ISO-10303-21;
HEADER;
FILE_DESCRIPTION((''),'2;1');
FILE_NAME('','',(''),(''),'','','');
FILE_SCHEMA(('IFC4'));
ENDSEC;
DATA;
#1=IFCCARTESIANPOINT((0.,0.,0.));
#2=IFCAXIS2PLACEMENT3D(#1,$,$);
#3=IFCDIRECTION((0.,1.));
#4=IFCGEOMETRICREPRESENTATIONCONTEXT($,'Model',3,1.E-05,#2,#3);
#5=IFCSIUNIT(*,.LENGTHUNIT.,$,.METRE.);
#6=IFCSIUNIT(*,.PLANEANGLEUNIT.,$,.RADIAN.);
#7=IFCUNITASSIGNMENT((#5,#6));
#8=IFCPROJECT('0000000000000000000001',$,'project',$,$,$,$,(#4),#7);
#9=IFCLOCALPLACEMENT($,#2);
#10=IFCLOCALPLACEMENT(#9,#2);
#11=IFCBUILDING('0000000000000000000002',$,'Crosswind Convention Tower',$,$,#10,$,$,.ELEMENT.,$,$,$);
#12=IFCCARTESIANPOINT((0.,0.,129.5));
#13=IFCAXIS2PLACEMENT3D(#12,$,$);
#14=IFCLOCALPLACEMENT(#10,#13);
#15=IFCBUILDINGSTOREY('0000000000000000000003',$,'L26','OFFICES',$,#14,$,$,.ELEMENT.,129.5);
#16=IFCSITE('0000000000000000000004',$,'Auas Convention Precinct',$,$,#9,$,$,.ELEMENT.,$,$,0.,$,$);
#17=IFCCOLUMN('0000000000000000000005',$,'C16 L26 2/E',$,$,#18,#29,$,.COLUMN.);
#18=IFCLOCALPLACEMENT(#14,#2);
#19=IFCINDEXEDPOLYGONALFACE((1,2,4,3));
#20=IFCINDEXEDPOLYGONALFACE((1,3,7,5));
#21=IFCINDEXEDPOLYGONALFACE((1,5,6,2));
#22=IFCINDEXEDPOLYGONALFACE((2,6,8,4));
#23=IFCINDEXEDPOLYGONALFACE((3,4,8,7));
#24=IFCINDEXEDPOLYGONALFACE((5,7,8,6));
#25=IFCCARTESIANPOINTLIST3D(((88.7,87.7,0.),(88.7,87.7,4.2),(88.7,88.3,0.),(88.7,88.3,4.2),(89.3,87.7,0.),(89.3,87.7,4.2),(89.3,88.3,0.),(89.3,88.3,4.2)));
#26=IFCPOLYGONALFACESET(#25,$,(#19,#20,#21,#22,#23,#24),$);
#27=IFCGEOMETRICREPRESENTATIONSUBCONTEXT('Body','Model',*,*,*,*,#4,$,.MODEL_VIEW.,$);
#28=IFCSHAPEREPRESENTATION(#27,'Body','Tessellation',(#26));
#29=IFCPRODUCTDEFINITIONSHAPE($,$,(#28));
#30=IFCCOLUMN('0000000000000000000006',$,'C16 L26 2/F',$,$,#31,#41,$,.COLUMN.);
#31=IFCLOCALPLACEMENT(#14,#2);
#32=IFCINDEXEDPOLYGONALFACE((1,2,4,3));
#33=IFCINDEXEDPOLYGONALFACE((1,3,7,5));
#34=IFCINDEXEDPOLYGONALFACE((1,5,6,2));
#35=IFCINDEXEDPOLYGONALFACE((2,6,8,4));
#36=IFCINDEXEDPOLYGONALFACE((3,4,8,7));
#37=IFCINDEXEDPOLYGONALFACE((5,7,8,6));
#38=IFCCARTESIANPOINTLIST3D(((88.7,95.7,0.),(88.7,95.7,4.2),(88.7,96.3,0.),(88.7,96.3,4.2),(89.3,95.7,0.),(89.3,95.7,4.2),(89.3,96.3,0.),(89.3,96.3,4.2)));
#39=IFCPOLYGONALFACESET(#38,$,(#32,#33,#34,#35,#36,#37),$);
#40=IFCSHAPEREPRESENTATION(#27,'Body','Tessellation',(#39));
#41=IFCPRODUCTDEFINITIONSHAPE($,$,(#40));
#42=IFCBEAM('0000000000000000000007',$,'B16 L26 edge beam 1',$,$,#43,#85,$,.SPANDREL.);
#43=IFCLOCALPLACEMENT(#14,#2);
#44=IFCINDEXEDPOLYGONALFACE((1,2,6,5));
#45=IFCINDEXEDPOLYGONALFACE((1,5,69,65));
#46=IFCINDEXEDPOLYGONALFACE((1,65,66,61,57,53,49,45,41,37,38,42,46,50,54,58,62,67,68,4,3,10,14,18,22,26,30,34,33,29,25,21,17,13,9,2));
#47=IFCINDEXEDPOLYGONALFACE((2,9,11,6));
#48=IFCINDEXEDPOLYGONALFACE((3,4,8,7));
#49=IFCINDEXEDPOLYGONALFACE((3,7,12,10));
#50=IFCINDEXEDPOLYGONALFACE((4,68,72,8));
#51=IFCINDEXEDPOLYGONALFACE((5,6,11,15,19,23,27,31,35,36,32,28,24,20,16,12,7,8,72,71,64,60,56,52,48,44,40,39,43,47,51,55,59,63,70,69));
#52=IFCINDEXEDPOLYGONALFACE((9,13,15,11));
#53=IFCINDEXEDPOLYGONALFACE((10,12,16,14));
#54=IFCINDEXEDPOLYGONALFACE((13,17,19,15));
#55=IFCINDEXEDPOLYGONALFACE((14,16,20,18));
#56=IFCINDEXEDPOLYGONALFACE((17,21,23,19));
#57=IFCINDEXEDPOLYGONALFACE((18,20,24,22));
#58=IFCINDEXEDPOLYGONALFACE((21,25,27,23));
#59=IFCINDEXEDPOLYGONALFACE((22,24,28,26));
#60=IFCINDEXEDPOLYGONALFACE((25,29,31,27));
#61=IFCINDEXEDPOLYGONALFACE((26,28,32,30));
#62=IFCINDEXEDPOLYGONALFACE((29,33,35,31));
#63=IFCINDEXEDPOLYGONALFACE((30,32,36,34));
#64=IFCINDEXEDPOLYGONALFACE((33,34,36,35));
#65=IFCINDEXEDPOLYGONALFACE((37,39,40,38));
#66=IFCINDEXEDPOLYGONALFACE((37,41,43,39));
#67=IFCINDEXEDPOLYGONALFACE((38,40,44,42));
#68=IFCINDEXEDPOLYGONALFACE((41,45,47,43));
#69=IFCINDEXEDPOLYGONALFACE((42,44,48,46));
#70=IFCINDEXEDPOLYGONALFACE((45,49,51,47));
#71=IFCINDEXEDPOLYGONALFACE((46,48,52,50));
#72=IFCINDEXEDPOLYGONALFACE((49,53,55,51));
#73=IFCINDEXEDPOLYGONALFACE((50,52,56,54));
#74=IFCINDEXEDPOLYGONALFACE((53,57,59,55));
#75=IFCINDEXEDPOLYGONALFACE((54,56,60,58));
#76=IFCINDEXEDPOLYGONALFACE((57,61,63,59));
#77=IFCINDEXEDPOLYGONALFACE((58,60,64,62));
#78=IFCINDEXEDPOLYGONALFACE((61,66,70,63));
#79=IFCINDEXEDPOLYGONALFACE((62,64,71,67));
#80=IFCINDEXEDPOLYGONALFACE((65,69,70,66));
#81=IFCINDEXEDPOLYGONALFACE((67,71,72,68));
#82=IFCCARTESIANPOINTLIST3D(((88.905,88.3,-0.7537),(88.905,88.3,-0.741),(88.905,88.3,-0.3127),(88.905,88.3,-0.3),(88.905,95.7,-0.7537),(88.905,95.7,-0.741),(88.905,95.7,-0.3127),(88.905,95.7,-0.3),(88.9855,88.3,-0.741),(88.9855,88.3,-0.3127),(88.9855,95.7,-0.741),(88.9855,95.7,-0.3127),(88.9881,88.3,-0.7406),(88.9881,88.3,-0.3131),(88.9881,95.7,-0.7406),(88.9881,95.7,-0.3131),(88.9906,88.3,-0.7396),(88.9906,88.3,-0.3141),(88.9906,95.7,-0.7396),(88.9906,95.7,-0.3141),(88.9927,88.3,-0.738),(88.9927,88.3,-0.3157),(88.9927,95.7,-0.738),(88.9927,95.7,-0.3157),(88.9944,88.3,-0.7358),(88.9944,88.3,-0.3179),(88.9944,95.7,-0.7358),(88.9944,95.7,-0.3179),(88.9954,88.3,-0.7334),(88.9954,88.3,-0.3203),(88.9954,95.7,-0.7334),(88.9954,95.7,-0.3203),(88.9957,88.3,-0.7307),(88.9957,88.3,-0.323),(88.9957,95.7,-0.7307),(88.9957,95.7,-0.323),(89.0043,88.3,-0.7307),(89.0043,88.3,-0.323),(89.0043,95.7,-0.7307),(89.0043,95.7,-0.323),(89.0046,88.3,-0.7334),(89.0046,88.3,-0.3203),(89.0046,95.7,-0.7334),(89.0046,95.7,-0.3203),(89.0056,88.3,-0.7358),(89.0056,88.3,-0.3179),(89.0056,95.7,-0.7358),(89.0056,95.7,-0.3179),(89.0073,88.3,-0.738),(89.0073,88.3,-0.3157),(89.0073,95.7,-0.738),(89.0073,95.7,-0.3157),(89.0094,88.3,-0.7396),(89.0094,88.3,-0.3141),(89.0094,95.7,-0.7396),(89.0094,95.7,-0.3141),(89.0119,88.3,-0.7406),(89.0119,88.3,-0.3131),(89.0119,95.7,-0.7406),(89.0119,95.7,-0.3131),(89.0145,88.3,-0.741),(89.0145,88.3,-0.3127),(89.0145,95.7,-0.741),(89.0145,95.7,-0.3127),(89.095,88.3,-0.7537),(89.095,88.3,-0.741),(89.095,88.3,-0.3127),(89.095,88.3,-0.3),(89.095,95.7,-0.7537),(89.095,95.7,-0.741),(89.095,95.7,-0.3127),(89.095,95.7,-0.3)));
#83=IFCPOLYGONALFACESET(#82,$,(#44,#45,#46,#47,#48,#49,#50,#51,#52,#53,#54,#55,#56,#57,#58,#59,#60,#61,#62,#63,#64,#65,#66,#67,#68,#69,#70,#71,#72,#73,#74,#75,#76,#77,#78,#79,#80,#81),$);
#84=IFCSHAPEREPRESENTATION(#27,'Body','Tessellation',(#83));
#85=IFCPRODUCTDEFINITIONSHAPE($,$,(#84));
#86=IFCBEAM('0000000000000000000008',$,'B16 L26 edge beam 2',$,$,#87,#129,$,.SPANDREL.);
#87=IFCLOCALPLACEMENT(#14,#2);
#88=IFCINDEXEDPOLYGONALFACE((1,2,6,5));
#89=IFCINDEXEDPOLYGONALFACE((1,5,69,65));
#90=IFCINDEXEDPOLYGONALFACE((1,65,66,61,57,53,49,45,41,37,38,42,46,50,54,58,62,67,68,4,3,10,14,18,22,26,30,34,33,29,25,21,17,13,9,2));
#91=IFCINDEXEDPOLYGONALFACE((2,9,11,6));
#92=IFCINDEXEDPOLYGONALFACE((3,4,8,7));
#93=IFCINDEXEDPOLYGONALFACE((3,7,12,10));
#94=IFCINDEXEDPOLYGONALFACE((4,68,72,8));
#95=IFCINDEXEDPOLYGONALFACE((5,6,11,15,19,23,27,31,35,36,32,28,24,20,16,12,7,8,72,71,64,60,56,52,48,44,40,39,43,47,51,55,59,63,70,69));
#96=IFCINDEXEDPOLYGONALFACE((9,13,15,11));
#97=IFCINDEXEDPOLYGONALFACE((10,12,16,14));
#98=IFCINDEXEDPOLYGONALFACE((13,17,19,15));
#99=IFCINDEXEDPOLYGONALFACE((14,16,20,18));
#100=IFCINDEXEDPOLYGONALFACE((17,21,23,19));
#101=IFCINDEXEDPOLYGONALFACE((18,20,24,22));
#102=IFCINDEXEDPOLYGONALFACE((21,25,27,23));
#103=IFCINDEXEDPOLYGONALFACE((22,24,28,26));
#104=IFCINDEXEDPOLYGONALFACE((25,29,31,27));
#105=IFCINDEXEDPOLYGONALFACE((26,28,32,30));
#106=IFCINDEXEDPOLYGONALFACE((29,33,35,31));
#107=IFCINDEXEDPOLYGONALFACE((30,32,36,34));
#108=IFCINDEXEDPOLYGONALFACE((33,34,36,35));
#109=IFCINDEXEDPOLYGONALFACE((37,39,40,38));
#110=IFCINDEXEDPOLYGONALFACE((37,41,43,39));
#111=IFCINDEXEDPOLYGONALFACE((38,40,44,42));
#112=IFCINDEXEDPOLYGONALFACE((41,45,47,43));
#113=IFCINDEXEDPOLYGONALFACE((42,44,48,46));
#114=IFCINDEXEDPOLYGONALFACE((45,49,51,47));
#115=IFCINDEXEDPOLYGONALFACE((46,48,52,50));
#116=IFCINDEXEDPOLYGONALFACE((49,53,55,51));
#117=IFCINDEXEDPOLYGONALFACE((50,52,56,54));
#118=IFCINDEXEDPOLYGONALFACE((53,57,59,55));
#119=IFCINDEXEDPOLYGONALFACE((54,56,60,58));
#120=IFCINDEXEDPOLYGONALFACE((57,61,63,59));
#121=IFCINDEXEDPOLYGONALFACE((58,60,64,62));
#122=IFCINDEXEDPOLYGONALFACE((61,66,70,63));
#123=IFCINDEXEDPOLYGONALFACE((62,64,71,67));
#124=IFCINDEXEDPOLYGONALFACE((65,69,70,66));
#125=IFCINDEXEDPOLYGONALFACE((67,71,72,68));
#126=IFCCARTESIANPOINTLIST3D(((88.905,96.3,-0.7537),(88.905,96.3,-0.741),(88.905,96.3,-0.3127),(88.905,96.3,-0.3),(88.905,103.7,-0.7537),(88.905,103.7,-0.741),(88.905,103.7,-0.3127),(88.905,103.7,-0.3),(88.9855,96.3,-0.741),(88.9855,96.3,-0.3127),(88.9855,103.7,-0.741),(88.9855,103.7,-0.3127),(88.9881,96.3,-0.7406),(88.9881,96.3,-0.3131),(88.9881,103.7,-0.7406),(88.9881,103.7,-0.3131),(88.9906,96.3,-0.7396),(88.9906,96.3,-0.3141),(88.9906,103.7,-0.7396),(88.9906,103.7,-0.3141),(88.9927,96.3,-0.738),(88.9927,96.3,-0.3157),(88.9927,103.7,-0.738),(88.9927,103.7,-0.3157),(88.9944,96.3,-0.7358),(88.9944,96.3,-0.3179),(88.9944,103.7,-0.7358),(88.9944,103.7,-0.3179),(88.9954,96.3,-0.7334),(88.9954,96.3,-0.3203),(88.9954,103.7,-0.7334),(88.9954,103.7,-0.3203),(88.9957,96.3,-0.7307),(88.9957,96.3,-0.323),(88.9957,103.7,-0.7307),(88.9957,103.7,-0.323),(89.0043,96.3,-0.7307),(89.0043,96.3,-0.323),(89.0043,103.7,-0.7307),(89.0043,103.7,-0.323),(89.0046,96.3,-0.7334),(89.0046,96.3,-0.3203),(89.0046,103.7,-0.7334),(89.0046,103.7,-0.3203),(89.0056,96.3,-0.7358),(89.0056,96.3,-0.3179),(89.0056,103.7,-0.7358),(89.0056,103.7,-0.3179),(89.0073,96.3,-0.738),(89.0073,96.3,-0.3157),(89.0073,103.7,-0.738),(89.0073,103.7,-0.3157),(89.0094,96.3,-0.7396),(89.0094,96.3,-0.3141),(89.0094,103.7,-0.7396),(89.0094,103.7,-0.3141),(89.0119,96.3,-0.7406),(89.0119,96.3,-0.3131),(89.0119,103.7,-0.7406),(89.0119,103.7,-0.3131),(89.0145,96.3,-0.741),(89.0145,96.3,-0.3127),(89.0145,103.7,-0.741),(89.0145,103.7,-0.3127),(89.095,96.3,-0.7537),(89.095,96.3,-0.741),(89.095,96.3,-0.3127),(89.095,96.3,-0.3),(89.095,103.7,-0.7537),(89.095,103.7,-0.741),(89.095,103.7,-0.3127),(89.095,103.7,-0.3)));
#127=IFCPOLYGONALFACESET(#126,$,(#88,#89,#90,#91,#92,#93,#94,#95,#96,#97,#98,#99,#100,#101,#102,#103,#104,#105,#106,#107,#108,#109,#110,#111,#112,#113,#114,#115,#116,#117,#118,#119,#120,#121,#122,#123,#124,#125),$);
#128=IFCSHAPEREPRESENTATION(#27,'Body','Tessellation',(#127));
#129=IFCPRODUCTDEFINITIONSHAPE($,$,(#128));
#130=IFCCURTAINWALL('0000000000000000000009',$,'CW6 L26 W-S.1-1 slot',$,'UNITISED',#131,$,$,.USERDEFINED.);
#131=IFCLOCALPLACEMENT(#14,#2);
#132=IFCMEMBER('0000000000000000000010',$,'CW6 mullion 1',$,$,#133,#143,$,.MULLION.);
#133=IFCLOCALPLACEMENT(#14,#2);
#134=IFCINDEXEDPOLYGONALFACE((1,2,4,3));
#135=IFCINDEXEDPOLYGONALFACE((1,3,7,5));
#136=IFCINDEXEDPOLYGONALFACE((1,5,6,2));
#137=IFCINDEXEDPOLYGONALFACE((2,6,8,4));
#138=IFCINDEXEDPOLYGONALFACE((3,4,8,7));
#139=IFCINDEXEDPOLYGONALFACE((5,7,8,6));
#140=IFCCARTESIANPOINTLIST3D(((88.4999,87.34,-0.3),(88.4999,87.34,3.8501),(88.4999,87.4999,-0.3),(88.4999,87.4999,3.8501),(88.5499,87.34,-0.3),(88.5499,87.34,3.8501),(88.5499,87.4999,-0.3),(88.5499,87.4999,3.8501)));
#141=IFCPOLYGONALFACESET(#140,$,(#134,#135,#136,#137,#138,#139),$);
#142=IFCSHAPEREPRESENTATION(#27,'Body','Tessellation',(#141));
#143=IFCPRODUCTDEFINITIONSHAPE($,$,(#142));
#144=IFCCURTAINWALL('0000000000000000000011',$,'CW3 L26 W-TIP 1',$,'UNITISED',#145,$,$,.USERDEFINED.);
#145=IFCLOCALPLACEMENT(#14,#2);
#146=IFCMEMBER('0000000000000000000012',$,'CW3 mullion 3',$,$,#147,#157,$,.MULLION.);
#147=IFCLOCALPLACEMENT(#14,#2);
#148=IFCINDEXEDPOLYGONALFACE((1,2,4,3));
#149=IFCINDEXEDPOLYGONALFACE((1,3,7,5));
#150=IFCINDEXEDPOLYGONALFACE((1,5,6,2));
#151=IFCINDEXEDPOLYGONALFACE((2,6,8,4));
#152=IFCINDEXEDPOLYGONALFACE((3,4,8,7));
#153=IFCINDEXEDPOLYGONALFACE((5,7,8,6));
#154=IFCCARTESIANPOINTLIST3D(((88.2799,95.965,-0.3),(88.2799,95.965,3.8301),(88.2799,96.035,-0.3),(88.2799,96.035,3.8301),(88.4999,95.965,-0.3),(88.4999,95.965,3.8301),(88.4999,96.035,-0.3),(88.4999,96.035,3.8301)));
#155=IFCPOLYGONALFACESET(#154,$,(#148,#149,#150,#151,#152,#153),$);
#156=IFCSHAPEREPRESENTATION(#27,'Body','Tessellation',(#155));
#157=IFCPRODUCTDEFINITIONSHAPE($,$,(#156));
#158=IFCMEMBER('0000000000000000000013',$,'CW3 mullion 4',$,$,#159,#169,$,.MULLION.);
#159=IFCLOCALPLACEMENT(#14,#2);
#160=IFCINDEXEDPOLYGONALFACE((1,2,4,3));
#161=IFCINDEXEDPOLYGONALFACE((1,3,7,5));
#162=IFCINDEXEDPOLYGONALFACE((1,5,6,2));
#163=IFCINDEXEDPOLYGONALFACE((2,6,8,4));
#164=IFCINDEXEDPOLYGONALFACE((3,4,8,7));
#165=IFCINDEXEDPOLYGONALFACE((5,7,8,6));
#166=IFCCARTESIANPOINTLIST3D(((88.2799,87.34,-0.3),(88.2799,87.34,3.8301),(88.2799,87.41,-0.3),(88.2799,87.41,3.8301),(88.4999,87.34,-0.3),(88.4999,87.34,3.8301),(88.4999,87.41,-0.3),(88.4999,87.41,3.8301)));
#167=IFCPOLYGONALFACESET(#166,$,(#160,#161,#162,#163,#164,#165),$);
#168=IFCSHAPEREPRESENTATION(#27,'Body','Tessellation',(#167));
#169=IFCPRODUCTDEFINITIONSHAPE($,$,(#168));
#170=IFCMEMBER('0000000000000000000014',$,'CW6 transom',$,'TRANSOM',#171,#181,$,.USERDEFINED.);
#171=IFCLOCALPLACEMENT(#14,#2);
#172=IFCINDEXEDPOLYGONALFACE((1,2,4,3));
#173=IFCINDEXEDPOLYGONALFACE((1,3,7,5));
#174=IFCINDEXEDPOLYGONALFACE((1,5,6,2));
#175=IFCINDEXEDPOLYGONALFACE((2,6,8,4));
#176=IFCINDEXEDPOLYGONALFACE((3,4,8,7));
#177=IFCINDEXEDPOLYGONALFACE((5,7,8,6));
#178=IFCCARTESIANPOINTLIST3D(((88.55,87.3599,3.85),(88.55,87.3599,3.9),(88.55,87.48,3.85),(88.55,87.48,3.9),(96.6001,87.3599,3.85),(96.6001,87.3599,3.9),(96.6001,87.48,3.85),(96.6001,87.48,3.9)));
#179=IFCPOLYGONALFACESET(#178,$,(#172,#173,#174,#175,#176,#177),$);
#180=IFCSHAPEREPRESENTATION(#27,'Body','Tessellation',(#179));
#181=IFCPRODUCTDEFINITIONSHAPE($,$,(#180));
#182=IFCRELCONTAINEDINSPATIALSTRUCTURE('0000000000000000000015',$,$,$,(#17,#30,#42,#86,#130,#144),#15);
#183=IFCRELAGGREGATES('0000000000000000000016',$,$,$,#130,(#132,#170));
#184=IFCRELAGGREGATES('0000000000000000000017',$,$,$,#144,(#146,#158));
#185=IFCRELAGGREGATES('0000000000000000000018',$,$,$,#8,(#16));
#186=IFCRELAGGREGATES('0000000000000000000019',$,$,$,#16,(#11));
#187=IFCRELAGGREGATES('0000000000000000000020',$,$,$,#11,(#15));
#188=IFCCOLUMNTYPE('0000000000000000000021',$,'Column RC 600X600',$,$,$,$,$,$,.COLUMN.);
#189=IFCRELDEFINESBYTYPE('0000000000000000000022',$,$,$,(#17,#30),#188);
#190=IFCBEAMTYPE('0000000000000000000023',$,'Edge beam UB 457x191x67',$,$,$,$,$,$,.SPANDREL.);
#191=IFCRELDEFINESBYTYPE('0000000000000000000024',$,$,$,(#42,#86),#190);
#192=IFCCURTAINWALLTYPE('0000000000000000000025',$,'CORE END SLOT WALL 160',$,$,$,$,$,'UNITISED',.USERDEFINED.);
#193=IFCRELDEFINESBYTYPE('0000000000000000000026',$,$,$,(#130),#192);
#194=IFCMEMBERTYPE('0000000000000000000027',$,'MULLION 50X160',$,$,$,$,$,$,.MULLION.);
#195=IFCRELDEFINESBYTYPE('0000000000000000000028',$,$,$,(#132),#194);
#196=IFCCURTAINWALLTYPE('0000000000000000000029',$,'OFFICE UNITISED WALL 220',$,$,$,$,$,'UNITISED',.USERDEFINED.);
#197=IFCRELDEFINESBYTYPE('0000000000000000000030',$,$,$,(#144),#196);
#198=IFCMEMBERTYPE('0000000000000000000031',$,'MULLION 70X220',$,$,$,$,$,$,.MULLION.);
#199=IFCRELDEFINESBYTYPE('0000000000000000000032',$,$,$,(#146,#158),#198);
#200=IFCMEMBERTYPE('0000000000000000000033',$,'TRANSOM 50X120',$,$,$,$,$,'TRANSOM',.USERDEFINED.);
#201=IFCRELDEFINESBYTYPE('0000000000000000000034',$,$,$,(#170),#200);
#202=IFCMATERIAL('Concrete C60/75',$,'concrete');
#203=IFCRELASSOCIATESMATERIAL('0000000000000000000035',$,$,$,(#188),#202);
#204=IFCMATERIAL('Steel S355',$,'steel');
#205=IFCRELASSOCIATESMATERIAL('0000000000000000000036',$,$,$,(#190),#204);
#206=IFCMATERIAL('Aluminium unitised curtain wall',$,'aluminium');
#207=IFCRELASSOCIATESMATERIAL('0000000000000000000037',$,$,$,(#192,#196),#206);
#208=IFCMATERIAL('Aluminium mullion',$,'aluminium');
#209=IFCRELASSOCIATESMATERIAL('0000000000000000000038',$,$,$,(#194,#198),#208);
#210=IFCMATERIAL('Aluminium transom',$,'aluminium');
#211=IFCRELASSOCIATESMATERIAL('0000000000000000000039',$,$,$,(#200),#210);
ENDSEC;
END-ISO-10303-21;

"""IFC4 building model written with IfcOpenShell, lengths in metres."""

from ifc_helpers import new_model, si_unit, direction, frame, origin, origin_2d, place, context, subcontext, project, spatial, rectangle, i_section, extrude, material, material_profile, profile_set, type_object, element, aggregate, save


model = new_model("IFC4")

# Units and contexts
model_context = context("Model", 3, precision=1e-05, world=origin(), true_north=direction((0.0, 1.0)))
body_context = subcontext(model_context, "Body", "Model", "MODEL_VIEW")
ifc_project = project(units=[si_unit("LENGTHUNIT", "METRE"), si_unit("PLANEANGLEUNIT", "RADIAN")], contexts=[model_context])

# Site, building, storey
site_placement = place(None, origin())
site = spatial("IfcSite", under=ifc_project, at=site_placement, Name="Auas Convention Precinct", CompositionType="ELEMENT", RefElevation=0.0)
building_placement = place(site_placement, origin())
building = spatial("IfcBuilding", under=site, at=building_placement, Name="Crosswind Convention Tower", CompositionType="ELEMENT")
storey_placement = place(building_placement, frame((0.0, 0.0, 129.5)))
storey = spatial("IfcBuildingStorey", under=building, at=storey_placement, Name="L26", Description="OFFICES", CompositionType="ELEMENT", Elevation=129.5)

# Columns
ifc_material_1 = material(Name="Concrete C60/75", Category="concrete")
ifc_material_profile_1 = material_profile(ifc_material_1, rectangle(XDim=0.6001, YDim=0.6001, at=origin_2d()), Name="RC 600X600")
ifc_profile_set_1 = profile_set([ifc_material_profile_1], Name="Concrete C60/75")
column_type = type_object("IfcColumnType", Name="Column RC 600X600", PredefinedType="COLUMN", material=ifc_profile_set_1)
for number, where, z_axis, x_axis, name in (
    (1, (89.0, 88.0, 0.0), (0.0, 0.0, 1.0), (1.0, 0.0, 0.0), "C16 L26 2/E"),
    (2, (89.0, 96.0, 0.0), (0.0, 0.0, 1.0), (1.0, 0.0, 0.0), "C16 L26 2/F"),
):
    element("IfcColumn", number, at=place(storey_placement, frame(where, z_axis=z_axis, x_axis=x_axis)), inside=storey, type_object=column_type, Name=name, PredefinedType="COLUMN", context=body_context, shape_type="SweptSolid", body=[
        extrude(rectangle(XDim=0.6001, YDim=0.6001, at=origin_2d()), origin(), (0.0, 0.0, 1.0), 4.2),
    ])

# Beams
ifc_material_2 = material(Name="Steel S355", Category="steel")
ifc_material_profile_2 = material_profile(ifc_material_2, i_section(OverallWidth=0.1899, OverallDepth=0.4536, WebThickness=0.0085, FlangeThickness=0.0127, FilletRadius=0.0103, at=origin_2d()), Name="UB 457x191x67")
ifc_profile_set_2 = profile_set([ifc_material_profile_2], Name="Steel S355")
beam_type = type_object("IfcBeamType", Name="Edge beam UB 457x191x67", PredefinedType="SPANDREL", material=ifc_profile_set_2)
for number, where, z_axis, x_axis, name in (
    (3, (89.0, 88.3, -0.5269), (0.0, 1.0, 0.0), (-1.0, 0.0, 0.0), "B16 L26 edge beam 1"),
    (4, (89.0, 96.3, -0.5269), (0.0, 1.0, 0.0), (-1.0, 0.0, 0.0), "B16 L26 edge beam 2"),
):
    element("IfcBeam", number, at=place(storey_placement, frame(where, z_axis=z_axis, x_axis=x_axis)), inside=storey, type_object=beam_type, Name=name, PredefinedType="SPANDREL", context=body_context, shape_type="SweptSolid", body=[
        extrude(i_section(OverallWidth=0.1899, OverallDepth=0.4536, WebThickness=0.0085, FlangeThickness=0.0127, FilletRadius=0.0103, at=origin_2d()), origin(), (0.0, 0.0, 1.0), 7.3999),
    ])

# Curtain wall, member
ifc_material_3 = material(Name="Aluminium unitised curtain wall", Category="aluminium")
curtain_wall_type_1 = type_object("IfcCurtainWallType", Name="CORE END SLOT WALL 160", ElementType="UNITISED", PredefinedType="USERDEFINED", material=ifc_material_3)
curtain_wall_1_placement = place(storey_placement, origin())
curtain_wall_1 = element("IfcCurtainWall", 5, at=curtain_wall_1_placement, inside=storey, type_object=curtain_wall_type_1, Name="CW6 L26 W-S.1-1 slot", ObjectType="UNITISED", PredefinedType="USERDEFINED")
ifc_material_4 = material(Name="Aluminium mullion", Category="aluminium")
ifc_material_profile_3 = material_profile(ifc_material_4, rectangle(XDim=0.1599, YDim=0.05, at=origin_2d()), Name="AL 160X50")
ifc_profile_set_3 = profile_set([ifc_material_profile_3], Name="Aluminium mullion")
member_type_1 = type_object("IfcMemberType", Name="MULLION 50X160", PredefinedType="MULLION", material=ifc_profile_set_3)
member_1_placement = place(storey_placement, frame((88.5249, 87.4199, -0.3), z_axis=(0.0, 0.0, 1.0), x_axis=(0.0, -1.0, 0.0)))
member_1 = element("IfcMember", 6, at=member_1_placement, type_object=member_type_1, Name="CW6 mullion 1", PredefinedType="MULLION", context=body_context, shape_type="SweptSolid", body=[
    extrude(rectangle(XDim=0.1599, YDim=0.05, at=origin_2d()), origin(), (0.0, 0.0, 1.0), 4.1501),
])

# Curtain wall, members
curtain_wall_type_2 = type_object("IfcCurtainWallType", Name="OFFICE UNITISED WALL 220", ElementType="UNITISED", PredefinedType="USERDEFINED", material=ifc_material_3)
curtain_wall_2_placement = place(storey_placement, origin())
curtain_wall_2 = element("IfcCurtainWall", 7, at=curtain_wall_2_placement, inside=storey, type_object=curtain_wall_type_2, Name="CW3 L26 W-TIP 1", ObjectType="UNITISED", PredefinedType="USERDEFINED")
ifc_material_profile_4 = material_profile(ifc_material_4, rectangle(XDim=0.22, YDim=0.0701, at=origin_2d()), Name="AL 220X70")
ifc_profile_set_4 = profile_set([ifc_material_profile_4], Name="Aluminium mullion")
member_type_2 = type_object("IfcMemberType", Name="MULLION 70X220", PredefinedType="MULLION", material=ifc_profile_set_4)
member_2_placement = place(storey_placement, frame((88.3899, 96.0, -0.3), z_axis=(0.0, 0.0, 1.0), x_axis=(-1.0, 0.0, 0.0)))
member_2 = element("IfcMember", 8, at=member_2_placement, type_object=member_type_2, Name="CW3 mullion 3", PredefinedType="MULLION", context=body_context, shape_type="SweptSolid", body=[
    extrude(rectangle(XDim=0.22, YDim=0.0701, at=origin_2d()), origin(), (0.0, 0.0, 1.0), 4.1301),
])
member_3_placement = place(storey_placement, frame((88.3899, 87.375, -0.3), z_axis=(0.0, 0.0, 1.0), x_axis=(-1.0, 0.0, 0.0)))
member_3 = element("IfcMember", 9, at=member_3_placement, type_object=member_type_2, Name="CW3 mullion 4", PredefinedType="MULLION", context=body_context, shape_type="SweptSolid", body=[
    extrude(rectangle(XDim=0.22, YDim=0.0701, at=origin_2d()), origin(), (0.0, 0.0, 1.0), 4.1301),
])

# Member
ifc_material_5 = material(Name="Aluminium transom", Category="aluminium")
ifc_material_profile_5 = material_profile(ifc_material_5, rectangle(XDim=0.1201, YDim=0.05, at=origin_2d()), Name="AL 120X50")
ifc_profile_set_5 = profile_set([ifc_material_profile_5], Name="Aluminium transom")
member_type_3 = type_object("IfcMemberType", Name="TRANSOM 50X120", ElementType="TRANSOM", PredefinedType="USERDEFINED", material=ifc_profile_set_5)
member_4_placement = place(storey_placement, frame((88.55, 87.4199, 3.875), z_axis=(1.0, 0.0, 0.0), x_axis=(0.0, 1.0, 0.0)))
member_4 = element("IfcMember", 10, at=member_4_placement, type_object=member_type_3, Name="CW6 transom", ObjectType="TRANSOM", PredefinedType="USERDEFINED", context=body_context, shape_type="SweptSolid", body=[
    extrude(rectangle(XDim=0.1201, YDim=0.05, at=origin_2d()), origin(), (0.0, 0.0, 1.0), 8.05),
])

aggregate(curtain_wall_1, [member_1, member_4])
aggregate(curtain_wall_2, [member_2, member_3])

save(model, "model.ifc")
